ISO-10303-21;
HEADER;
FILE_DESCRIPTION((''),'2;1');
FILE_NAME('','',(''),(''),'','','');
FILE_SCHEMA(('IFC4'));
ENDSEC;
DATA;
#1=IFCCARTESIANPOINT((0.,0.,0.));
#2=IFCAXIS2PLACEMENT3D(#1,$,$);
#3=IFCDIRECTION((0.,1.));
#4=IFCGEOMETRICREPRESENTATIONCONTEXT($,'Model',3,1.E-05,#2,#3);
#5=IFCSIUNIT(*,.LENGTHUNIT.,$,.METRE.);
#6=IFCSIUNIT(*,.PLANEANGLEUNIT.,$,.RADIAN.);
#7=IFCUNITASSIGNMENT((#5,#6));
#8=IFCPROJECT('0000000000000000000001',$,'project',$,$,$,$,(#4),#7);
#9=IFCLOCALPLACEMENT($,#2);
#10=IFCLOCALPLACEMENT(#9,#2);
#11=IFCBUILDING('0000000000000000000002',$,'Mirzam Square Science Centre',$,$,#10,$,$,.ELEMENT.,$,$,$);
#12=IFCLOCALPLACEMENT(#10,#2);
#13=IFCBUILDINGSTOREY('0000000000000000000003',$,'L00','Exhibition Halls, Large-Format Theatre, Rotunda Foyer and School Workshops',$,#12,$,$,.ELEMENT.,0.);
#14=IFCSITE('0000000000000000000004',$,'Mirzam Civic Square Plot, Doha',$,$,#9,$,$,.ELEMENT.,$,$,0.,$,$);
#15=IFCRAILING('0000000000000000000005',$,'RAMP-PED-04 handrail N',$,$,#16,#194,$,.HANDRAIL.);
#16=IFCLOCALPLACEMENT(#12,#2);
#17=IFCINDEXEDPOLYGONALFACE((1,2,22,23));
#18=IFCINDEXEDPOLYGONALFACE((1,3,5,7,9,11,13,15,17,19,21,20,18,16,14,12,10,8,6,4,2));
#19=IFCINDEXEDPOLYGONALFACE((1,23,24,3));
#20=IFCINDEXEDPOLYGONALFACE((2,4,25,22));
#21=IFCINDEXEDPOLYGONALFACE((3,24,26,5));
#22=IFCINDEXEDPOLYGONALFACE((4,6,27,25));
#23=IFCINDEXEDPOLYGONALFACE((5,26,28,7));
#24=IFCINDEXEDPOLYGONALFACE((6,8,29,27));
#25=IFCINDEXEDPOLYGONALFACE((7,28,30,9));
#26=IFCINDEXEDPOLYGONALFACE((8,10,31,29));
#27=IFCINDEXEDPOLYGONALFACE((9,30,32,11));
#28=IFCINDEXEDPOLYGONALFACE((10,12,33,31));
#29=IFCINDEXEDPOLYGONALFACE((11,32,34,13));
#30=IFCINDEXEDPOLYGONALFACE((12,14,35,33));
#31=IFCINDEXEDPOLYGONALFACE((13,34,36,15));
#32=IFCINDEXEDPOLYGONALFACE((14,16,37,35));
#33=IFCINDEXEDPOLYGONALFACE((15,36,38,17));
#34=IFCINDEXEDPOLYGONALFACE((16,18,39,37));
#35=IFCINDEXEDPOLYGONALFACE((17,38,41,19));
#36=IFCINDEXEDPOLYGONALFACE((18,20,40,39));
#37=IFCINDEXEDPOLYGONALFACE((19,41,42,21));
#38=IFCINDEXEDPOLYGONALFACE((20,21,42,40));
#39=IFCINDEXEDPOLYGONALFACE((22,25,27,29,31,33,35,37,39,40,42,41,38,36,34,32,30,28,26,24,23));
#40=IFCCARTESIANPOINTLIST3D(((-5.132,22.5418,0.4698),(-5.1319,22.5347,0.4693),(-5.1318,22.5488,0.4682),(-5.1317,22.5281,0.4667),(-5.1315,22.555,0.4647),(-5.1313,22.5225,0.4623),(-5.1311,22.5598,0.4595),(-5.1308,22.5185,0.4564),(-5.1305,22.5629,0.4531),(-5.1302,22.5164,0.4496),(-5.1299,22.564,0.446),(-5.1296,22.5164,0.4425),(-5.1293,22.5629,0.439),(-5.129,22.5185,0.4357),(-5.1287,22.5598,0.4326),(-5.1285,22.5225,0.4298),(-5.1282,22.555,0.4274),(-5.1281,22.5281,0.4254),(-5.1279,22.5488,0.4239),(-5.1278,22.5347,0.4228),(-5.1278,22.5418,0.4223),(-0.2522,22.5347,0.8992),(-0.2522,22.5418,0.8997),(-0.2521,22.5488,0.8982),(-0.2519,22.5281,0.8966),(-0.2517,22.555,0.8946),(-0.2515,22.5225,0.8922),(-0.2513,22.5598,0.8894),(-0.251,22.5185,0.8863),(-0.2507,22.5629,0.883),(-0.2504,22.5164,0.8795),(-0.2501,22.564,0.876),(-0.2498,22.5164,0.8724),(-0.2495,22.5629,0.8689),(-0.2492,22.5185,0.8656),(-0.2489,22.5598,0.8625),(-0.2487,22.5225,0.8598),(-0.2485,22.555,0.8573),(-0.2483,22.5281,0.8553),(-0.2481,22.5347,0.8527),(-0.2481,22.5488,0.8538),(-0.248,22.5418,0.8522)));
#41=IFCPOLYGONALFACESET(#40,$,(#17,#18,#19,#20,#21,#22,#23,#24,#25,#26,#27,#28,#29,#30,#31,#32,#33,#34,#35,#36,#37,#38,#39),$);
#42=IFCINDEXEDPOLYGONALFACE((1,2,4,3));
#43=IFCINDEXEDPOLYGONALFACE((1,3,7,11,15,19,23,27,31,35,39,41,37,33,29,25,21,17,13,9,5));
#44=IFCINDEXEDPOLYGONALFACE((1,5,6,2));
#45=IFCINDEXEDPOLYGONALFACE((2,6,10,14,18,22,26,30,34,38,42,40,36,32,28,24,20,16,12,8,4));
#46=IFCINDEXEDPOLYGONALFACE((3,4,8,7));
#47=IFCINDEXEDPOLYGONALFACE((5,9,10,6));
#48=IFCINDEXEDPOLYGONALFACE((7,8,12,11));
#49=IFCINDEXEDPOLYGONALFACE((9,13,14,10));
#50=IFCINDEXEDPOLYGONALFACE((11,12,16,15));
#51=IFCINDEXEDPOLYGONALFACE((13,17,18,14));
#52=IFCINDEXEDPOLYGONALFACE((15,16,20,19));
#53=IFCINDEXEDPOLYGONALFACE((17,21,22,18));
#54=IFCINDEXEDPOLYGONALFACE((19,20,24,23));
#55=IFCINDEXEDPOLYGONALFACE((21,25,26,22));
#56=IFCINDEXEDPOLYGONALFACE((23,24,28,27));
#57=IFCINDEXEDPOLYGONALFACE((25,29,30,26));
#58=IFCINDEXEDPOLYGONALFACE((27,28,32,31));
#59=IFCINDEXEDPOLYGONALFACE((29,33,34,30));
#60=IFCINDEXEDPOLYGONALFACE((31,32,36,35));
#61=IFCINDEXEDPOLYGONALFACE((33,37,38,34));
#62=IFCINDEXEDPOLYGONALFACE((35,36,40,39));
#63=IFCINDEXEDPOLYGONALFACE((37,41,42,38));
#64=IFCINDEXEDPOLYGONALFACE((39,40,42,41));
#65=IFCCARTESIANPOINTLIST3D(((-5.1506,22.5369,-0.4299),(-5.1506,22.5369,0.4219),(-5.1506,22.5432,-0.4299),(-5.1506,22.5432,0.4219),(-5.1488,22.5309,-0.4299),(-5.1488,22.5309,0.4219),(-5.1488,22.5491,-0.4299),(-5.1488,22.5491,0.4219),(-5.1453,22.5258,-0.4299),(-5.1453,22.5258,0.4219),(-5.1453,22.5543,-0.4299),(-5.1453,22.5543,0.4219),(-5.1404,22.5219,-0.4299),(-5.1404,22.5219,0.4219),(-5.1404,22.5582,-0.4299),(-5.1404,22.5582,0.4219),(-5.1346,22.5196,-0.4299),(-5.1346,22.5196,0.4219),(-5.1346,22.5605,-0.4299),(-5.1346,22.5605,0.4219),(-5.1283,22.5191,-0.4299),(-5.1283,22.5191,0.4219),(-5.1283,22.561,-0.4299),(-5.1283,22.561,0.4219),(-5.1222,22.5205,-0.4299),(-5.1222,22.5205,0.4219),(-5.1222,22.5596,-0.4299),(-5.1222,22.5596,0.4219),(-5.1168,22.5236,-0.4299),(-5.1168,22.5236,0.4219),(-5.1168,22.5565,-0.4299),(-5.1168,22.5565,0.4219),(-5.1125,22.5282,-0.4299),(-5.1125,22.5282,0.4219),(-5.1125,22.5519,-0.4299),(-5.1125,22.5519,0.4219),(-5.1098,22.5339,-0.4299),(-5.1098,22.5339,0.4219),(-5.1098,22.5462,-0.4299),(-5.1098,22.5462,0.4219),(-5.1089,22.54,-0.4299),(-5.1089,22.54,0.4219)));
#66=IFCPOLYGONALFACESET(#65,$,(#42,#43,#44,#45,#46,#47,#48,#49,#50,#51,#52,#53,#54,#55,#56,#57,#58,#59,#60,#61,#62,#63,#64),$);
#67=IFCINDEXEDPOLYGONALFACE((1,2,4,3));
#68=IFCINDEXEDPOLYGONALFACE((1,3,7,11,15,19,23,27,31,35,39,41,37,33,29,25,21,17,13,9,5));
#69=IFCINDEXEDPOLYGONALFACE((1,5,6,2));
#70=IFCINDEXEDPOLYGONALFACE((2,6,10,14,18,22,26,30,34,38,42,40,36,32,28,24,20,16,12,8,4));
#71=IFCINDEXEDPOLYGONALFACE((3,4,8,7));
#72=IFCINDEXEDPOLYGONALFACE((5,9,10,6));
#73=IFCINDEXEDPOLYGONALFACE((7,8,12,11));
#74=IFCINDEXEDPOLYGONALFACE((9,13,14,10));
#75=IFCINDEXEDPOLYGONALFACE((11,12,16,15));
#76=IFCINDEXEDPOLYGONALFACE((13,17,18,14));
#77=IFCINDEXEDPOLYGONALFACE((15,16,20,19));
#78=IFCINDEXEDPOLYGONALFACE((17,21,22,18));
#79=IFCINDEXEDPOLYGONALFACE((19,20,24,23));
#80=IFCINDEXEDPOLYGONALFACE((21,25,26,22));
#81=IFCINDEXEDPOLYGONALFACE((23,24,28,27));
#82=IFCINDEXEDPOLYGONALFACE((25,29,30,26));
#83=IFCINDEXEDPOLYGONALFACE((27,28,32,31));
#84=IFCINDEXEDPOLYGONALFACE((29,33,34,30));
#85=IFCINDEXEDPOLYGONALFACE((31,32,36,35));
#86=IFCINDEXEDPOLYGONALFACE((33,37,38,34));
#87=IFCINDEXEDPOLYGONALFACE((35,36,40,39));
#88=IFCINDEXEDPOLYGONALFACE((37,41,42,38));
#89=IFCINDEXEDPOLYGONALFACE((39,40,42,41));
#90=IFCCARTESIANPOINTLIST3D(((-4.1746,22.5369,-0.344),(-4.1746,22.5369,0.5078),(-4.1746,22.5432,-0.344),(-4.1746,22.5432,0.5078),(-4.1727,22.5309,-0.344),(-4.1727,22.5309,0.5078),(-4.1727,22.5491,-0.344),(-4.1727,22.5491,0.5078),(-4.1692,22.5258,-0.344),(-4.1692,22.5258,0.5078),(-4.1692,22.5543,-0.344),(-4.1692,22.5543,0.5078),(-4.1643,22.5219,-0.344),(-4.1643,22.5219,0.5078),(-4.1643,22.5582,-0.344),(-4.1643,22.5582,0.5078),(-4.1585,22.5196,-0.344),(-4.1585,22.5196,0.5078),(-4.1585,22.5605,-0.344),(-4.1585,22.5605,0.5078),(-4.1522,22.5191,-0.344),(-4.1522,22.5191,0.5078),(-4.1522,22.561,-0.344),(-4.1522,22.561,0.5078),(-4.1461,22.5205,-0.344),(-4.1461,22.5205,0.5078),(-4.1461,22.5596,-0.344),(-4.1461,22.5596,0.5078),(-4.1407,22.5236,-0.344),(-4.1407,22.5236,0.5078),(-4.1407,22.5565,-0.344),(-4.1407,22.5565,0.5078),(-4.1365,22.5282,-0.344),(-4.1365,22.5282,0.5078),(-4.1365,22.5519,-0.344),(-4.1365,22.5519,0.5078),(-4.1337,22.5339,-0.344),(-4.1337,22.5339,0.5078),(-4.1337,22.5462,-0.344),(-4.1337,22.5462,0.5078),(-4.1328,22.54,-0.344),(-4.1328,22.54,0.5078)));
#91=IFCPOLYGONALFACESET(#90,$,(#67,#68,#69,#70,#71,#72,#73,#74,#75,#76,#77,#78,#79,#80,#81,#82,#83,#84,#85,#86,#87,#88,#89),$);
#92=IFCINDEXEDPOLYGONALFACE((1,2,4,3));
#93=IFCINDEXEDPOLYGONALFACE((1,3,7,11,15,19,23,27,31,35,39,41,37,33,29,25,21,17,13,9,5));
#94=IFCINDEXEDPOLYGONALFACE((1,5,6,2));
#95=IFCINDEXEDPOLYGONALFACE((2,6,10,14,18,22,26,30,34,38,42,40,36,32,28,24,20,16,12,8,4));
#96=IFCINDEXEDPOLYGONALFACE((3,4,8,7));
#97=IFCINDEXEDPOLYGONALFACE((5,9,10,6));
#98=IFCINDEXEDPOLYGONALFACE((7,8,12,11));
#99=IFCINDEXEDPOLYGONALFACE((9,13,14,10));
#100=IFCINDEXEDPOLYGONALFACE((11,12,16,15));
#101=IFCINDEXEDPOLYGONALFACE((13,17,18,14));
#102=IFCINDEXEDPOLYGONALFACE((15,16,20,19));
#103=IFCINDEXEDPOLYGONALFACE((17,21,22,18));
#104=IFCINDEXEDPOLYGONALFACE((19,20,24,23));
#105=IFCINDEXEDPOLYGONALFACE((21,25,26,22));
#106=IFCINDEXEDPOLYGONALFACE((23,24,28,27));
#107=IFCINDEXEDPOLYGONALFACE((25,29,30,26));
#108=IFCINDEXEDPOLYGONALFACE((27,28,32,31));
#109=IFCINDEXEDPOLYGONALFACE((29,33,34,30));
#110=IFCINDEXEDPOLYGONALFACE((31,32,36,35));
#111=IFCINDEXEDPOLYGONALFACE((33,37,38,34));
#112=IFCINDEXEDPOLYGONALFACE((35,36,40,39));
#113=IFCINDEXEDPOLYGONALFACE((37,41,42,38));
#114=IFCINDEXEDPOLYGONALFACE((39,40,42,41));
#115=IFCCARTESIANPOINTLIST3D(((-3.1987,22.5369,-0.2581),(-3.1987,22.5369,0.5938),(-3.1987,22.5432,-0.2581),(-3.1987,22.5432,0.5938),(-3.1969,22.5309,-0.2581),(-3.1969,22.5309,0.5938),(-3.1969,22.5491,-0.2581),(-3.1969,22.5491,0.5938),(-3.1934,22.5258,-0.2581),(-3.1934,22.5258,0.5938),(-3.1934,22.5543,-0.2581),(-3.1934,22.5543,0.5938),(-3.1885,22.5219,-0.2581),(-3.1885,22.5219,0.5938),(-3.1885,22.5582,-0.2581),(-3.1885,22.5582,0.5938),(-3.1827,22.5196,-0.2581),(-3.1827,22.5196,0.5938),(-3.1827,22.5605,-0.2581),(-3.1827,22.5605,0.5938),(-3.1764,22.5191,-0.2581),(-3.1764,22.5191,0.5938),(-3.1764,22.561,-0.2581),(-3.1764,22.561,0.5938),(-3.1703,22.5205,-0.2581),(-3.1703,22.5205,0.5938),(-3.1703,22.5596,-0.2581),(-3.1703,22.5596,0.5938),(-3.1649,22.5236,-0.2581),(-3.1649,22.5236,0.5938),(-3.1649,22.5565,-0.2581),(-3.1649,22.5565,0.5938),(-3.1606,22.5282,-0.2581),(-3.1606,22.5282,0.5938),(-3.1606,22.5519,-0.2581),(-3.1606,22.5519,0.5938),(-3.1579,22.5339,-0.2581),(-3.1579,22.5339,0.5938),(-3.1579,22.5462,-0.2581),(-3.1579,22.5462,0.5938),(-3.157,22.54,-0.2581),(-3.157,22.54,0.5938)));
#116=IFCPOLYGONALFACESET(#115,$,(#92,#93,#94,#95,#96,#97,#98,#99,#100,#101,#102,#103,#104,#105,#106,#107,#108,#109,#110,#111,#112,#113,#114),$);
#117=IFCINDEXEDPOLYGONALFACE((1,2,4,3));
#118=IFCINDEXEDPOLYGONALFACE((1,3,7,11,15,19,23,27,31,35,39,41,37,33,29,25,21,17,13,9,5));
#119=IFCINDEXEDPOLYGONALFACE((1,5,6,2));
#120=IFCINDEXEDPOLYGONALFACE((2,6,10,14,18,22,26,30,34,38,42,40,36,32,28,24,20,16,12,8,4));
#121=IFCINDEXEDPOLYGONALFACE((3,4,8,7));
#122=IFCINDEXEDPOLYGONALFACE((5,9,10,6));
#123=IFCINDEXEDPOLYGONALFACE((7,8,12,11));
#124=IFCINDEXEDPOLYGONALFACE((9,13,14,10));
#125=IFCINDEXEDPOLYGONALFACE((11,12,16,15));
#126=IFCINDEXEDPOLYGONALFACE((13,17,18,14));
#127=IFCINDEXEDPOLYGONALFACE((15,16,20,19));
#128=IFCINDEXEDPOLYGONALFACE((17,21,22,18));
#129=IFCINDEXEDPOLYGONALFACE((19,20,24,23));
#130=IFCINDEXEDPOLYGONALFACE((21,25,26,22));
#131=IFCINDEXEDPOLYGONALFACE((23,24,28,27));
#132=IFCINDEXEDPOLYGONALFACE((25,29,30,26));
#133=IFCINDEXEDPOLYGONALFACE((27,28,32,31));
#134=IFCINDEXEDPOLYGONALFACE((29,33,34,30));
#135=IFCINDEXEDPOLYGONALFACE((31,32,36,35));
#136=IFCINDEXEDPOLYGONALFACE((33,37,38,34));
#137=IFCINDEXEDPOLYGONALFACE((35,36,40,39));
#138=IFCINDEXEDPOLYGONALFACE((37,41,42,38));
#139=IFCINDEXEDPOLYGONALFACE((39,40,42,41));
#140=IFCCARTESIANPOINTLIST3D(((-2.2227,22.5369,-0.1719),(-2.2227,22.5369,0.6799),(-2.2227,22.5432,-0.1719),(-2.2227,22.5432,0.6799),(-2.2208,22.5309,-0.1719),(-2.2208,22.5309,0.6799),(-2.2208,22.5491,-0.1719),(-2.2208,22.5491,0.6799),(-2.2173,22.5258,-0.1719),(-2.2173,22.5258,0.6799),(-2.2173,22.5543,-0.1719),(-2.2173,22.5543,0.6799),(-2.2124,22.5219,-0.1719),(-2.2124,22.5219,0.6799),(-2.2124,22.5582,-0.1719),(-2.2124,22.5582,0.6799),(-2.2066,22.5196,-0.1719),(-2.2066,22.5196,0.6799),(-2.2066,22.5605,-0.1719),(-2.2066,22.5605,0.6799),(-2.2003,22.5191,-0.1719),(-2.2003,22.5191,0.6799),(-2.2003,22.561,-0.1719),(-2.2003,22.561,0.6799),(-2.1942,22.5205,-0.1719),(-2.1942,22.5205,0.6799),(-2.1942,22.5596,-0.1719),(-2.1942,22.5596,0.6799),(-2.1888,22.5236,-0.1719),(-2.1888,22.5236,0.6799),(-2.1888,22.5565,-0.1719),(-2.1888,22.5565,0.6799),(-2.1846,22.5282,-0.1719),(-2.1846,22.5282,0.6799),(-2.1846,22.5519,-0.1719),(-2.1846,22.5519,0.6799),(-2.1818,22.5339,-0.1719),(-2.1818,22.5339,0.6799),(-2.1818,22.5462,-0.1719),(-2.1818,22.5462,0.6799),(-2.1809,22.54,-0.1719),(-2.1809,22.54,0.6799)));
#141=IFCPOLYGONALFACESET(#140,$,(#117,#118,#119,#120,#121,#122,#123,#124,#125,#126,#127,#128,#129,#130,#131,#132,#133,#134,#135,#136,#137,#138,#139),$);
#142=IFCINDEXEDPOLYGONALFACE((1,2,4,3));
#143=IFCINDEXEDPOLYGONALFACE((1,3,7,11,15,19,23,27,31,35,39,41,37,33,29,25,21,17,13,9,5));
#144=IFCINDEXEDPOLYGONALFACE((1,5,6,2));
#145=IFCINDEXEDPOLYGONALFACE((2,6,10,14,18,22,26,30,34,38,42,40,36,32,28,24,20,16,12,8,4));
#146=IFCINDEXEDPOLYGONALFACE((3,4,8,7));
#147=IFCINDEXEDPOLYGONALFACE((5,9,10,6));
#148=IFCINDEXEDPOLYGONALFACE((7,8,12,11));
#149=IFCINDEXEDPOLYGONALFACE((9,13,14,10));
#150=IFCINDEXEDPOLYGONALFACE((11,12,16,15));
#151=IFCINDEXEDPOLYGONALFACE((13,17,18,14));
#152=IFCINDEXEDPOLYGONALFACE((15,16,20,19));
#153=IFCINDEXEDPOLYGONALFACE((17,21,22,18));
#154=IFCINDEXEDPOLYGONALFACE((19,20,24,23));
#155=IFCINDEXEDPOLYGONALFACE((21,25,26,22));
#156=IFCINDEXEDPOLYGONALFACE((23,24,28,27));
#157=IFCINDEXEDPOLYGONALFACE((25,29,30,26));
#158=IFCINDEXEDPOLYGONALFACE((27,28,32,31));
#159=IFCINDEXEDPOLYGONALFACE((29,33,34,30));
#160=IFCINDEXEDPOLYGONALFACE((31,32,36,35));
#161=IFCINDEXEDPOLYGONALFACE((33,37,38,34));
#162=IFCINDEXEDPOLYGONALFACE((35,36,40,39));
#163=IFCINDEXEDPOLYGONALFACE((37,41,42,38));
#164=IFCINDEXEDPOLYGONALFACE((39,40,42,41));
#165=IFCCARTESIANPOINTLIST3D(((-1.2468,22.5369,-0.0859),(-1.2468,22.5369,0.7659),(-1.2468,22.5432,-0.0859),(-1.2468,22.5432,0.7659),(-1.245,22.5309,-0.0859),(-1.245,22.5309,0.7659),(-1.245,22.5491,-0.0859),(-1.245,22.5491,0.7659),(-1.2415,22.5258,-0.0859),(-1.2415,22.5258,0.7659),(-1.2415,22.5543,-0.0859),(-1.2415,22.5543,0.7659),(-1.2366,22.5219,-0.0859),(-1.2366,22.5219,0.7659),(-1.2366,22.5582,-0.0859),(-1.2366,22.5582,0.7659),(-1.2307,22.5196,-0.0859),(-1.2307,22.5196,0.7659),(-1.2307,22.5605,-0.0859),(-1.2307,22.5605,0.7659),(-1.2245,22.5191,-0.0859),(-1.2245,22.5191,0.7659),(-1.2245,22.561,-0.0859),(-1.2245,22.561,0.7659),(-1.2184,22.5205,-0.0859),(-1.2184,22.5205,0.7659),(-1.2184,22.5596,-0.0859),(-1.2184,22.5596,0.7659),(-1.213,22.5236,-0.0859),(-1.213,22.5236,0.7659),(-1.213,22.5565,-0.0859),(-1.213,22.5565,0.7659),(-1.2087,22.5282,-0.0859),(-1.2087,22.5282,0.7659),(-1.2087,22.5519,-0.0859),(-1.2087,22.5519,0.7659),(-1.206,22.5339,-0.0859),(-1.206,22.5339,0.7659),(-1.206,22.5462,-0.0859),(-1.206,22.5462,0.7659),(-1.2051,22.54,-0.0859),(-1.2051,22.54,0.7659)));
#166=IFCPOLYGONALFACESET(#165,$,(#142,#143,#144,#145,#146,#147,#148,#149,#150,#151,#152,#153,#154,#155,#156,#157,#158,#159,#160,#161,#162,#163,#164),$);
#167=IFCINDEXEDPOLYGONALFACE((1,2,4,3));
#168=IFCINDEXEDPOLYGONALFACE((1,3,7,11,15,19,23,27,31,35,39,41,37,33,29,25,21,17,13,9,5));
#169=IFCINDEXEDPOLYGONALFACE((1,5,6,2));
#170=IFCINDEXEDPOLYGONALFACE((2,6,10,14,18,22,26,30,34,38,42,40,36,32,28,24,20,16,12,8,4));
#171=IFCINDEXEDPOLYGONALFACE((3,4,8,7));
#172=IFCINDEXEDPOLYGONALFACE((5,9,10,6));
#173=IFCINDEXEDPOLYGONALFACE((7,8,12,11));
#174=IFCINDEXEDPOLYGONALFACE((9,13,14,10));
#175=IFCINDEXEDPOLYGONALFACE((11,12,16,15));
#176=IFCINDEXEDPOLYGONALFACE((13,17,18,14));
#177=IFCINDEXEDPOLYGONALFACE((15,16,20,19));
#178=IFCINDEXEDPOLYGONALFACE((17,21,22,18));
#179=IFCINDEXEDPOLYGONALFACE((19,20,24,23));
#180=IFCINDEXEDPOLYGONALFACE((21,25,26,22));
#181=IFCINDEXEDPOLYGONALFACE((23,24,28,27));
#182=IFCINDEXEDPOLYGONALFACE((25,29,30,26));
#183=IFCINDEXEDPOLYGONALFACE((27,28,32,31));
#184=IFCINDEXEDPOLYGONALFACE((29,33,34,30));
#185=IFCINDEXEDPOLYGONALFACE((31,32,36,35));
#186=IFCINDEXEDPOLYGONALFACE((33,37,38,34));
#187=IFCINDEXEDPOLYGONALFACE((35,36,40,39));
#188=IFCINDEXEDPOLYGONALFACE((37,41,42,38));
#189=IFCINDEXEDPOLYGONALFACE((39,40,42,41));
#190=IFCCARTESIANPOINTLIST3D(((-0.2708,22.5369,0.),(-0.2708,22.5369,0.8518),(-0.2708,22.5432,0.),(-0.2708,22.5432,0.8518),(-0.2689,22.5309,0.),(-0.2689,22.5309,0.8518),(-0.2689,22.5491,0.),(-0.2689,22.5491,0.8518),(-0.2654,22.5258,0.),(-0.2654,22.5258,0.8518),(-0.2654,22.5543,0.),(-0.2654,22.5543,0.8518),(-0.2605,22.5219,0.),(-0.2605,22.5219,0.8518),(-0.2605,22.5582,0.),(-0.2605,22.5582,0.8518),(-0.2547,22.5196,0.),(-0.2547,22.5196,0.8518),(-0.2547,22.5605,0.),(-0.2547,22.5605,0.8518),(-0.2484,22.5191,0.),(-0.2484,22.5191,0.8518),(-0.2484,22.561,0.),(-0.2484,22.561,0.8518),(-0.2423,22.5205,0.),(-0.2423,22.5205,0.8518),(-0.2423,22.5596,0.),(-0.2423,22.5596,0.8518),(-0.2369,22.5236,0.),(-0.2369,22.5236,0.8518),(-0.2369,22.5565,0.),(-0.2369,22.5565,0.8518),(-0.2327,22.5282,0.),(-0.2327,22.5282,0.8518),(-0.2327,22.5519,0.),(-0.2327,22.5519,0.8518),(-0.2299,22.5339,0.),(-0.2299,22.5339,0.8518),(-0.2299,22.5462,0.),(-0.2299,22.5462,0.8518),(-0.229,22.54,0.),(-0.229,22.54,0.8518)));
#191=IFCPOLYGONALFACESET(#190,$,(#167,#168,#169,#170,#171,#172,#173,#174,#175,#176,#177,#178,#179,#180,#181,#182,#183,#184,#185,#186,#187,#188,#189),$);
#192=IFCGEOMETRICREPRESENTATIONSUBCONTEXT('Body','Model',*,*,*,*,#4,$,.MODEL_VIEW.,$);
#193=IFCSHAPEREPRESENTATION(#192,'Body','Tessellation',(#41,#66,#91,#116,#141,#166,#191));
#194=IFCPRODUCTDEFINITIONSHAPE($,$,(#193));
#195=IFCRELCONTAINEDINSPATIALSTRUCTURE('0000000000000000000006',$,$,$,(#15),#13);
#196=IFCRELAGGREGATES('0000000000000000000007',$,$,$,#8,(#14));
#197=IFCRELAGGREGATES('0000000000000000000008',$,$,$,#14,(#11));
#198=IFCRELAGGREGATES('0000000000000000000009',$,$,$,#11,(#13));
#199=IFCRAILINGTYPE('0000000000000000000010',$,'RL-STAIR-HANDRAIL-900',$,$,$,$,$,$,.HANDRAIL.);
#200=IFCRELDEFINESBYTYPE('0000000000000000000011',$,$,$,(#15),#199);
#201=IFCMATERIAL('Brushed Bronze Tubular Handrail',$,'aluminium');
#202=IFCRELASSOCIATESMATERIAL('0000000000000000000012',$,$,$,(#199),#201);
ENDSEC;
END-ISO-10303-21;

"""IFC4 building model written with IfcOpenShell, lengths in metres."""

from ifc_helpers import new_model, si_unit, direction, frame, origin, origin_2d, place, context, subcontext, project, spatial, circle, extrude, material, type_object, element, save


model = new_model("IFC4")

# Units and contexts
model_context = context("Model", 3, precision=1e-05, world=origin(), true_north=direction((0.0, 1.0)))
body_context = subcontext(model_context, "Body", "Model", "MODEL_VIEW")
ifc_project = project(units=[si_unit("LENGTHUNIT", "METRE"), si_unit("PLANEANGLEUNIT", "RADIAN")], contexts=[model_context])

# Site, building, storey
site_placement = place(None, origin())
site = spatial("IfcSite", under=ifc_project, at=site_placement, Name="Mirzam Civic Square Plot, Doha", CompositionType="ELEMENT", RefElevation=0.0)
building_placement = place(site_placement, origin())
building = spatial("IfcBuilding", under=site, at=building_placement, Name="Mirzam Square Science Centre", CompositionType="ELEMENT")
storey_placement = place(building_placement, origin())
storey = spatial("IfcBuildingStorey", under=building, at=storey_placement, Name="L00", Description="Exhibition Halls, Large-Format Theatre, Rotunda Foyer and School Workshops", CompositionType="ELEMENT", Elevation=0.0)

# Railing
ifc_material_1 = material(Name="Brushed Bronze Tubular Handrail", Category="aluminium")
railing_type = type_object("IfcRailingType", Name="RL-STAIR-HANDRAIL-900", PredefinedType="HANDRAIL", material=ifc_material_1)
railing_placement = place(storey_placement, frame((-5.1299, 22.54, -0.4299)))
element("IfcRailing", 1, at=railing_placement, inside=storey, type_object=railing_type, Name="RAMP-PED-04 handrail N", PredefinedType="HANDRAIL", context=body_context, shape_type="SweptSolid", body=[
    extrude(circle(Radius=0.0239, at=origin_2d()), frame((0.0, 0.0, 0.876), z_axis=(0.996141, 0.0, 0.087763), x_axis=(0.0, 1.0, 0.0)), (0.0, 0.0, 1.0), 4.8987),
    extrude(circle(Radius=0.021, at=origin_2d()), origin(), (0.0, 0.0, 1.0), 0.8518),
    extrude(circle(Radius=0.021, at=origin_2d()), frame((0.9761, 0.0, 0.0859)), (0.0, 0.0, 1.0), 0.8518),
    extrude(circle(Radius=0.021, at=origin_2d()), frame((1.9519, 0.0, 0.1719)), (0.0, 0.0, 1.0), 0.8518),
    extrude(circle(Radius=0.021, at=origin_2d()), frame((2.928, 0.0, 0.2581)), (0.0, 0.0, 1.0), 0.8518),
    extrude(circle(Radius=0.021, at=origin_2d()), frame((3.9038, 0.0, 0.344)), (0.0, 0.0, 1.0), 0.8518),
    extrude(circle(Radius=0.021, at=origin_2d()), frame((4.8799, 0.0, 0.4299)), (0.0, 0.0, 1.0), 0.8518),
])

save(model, "model.ifc")
